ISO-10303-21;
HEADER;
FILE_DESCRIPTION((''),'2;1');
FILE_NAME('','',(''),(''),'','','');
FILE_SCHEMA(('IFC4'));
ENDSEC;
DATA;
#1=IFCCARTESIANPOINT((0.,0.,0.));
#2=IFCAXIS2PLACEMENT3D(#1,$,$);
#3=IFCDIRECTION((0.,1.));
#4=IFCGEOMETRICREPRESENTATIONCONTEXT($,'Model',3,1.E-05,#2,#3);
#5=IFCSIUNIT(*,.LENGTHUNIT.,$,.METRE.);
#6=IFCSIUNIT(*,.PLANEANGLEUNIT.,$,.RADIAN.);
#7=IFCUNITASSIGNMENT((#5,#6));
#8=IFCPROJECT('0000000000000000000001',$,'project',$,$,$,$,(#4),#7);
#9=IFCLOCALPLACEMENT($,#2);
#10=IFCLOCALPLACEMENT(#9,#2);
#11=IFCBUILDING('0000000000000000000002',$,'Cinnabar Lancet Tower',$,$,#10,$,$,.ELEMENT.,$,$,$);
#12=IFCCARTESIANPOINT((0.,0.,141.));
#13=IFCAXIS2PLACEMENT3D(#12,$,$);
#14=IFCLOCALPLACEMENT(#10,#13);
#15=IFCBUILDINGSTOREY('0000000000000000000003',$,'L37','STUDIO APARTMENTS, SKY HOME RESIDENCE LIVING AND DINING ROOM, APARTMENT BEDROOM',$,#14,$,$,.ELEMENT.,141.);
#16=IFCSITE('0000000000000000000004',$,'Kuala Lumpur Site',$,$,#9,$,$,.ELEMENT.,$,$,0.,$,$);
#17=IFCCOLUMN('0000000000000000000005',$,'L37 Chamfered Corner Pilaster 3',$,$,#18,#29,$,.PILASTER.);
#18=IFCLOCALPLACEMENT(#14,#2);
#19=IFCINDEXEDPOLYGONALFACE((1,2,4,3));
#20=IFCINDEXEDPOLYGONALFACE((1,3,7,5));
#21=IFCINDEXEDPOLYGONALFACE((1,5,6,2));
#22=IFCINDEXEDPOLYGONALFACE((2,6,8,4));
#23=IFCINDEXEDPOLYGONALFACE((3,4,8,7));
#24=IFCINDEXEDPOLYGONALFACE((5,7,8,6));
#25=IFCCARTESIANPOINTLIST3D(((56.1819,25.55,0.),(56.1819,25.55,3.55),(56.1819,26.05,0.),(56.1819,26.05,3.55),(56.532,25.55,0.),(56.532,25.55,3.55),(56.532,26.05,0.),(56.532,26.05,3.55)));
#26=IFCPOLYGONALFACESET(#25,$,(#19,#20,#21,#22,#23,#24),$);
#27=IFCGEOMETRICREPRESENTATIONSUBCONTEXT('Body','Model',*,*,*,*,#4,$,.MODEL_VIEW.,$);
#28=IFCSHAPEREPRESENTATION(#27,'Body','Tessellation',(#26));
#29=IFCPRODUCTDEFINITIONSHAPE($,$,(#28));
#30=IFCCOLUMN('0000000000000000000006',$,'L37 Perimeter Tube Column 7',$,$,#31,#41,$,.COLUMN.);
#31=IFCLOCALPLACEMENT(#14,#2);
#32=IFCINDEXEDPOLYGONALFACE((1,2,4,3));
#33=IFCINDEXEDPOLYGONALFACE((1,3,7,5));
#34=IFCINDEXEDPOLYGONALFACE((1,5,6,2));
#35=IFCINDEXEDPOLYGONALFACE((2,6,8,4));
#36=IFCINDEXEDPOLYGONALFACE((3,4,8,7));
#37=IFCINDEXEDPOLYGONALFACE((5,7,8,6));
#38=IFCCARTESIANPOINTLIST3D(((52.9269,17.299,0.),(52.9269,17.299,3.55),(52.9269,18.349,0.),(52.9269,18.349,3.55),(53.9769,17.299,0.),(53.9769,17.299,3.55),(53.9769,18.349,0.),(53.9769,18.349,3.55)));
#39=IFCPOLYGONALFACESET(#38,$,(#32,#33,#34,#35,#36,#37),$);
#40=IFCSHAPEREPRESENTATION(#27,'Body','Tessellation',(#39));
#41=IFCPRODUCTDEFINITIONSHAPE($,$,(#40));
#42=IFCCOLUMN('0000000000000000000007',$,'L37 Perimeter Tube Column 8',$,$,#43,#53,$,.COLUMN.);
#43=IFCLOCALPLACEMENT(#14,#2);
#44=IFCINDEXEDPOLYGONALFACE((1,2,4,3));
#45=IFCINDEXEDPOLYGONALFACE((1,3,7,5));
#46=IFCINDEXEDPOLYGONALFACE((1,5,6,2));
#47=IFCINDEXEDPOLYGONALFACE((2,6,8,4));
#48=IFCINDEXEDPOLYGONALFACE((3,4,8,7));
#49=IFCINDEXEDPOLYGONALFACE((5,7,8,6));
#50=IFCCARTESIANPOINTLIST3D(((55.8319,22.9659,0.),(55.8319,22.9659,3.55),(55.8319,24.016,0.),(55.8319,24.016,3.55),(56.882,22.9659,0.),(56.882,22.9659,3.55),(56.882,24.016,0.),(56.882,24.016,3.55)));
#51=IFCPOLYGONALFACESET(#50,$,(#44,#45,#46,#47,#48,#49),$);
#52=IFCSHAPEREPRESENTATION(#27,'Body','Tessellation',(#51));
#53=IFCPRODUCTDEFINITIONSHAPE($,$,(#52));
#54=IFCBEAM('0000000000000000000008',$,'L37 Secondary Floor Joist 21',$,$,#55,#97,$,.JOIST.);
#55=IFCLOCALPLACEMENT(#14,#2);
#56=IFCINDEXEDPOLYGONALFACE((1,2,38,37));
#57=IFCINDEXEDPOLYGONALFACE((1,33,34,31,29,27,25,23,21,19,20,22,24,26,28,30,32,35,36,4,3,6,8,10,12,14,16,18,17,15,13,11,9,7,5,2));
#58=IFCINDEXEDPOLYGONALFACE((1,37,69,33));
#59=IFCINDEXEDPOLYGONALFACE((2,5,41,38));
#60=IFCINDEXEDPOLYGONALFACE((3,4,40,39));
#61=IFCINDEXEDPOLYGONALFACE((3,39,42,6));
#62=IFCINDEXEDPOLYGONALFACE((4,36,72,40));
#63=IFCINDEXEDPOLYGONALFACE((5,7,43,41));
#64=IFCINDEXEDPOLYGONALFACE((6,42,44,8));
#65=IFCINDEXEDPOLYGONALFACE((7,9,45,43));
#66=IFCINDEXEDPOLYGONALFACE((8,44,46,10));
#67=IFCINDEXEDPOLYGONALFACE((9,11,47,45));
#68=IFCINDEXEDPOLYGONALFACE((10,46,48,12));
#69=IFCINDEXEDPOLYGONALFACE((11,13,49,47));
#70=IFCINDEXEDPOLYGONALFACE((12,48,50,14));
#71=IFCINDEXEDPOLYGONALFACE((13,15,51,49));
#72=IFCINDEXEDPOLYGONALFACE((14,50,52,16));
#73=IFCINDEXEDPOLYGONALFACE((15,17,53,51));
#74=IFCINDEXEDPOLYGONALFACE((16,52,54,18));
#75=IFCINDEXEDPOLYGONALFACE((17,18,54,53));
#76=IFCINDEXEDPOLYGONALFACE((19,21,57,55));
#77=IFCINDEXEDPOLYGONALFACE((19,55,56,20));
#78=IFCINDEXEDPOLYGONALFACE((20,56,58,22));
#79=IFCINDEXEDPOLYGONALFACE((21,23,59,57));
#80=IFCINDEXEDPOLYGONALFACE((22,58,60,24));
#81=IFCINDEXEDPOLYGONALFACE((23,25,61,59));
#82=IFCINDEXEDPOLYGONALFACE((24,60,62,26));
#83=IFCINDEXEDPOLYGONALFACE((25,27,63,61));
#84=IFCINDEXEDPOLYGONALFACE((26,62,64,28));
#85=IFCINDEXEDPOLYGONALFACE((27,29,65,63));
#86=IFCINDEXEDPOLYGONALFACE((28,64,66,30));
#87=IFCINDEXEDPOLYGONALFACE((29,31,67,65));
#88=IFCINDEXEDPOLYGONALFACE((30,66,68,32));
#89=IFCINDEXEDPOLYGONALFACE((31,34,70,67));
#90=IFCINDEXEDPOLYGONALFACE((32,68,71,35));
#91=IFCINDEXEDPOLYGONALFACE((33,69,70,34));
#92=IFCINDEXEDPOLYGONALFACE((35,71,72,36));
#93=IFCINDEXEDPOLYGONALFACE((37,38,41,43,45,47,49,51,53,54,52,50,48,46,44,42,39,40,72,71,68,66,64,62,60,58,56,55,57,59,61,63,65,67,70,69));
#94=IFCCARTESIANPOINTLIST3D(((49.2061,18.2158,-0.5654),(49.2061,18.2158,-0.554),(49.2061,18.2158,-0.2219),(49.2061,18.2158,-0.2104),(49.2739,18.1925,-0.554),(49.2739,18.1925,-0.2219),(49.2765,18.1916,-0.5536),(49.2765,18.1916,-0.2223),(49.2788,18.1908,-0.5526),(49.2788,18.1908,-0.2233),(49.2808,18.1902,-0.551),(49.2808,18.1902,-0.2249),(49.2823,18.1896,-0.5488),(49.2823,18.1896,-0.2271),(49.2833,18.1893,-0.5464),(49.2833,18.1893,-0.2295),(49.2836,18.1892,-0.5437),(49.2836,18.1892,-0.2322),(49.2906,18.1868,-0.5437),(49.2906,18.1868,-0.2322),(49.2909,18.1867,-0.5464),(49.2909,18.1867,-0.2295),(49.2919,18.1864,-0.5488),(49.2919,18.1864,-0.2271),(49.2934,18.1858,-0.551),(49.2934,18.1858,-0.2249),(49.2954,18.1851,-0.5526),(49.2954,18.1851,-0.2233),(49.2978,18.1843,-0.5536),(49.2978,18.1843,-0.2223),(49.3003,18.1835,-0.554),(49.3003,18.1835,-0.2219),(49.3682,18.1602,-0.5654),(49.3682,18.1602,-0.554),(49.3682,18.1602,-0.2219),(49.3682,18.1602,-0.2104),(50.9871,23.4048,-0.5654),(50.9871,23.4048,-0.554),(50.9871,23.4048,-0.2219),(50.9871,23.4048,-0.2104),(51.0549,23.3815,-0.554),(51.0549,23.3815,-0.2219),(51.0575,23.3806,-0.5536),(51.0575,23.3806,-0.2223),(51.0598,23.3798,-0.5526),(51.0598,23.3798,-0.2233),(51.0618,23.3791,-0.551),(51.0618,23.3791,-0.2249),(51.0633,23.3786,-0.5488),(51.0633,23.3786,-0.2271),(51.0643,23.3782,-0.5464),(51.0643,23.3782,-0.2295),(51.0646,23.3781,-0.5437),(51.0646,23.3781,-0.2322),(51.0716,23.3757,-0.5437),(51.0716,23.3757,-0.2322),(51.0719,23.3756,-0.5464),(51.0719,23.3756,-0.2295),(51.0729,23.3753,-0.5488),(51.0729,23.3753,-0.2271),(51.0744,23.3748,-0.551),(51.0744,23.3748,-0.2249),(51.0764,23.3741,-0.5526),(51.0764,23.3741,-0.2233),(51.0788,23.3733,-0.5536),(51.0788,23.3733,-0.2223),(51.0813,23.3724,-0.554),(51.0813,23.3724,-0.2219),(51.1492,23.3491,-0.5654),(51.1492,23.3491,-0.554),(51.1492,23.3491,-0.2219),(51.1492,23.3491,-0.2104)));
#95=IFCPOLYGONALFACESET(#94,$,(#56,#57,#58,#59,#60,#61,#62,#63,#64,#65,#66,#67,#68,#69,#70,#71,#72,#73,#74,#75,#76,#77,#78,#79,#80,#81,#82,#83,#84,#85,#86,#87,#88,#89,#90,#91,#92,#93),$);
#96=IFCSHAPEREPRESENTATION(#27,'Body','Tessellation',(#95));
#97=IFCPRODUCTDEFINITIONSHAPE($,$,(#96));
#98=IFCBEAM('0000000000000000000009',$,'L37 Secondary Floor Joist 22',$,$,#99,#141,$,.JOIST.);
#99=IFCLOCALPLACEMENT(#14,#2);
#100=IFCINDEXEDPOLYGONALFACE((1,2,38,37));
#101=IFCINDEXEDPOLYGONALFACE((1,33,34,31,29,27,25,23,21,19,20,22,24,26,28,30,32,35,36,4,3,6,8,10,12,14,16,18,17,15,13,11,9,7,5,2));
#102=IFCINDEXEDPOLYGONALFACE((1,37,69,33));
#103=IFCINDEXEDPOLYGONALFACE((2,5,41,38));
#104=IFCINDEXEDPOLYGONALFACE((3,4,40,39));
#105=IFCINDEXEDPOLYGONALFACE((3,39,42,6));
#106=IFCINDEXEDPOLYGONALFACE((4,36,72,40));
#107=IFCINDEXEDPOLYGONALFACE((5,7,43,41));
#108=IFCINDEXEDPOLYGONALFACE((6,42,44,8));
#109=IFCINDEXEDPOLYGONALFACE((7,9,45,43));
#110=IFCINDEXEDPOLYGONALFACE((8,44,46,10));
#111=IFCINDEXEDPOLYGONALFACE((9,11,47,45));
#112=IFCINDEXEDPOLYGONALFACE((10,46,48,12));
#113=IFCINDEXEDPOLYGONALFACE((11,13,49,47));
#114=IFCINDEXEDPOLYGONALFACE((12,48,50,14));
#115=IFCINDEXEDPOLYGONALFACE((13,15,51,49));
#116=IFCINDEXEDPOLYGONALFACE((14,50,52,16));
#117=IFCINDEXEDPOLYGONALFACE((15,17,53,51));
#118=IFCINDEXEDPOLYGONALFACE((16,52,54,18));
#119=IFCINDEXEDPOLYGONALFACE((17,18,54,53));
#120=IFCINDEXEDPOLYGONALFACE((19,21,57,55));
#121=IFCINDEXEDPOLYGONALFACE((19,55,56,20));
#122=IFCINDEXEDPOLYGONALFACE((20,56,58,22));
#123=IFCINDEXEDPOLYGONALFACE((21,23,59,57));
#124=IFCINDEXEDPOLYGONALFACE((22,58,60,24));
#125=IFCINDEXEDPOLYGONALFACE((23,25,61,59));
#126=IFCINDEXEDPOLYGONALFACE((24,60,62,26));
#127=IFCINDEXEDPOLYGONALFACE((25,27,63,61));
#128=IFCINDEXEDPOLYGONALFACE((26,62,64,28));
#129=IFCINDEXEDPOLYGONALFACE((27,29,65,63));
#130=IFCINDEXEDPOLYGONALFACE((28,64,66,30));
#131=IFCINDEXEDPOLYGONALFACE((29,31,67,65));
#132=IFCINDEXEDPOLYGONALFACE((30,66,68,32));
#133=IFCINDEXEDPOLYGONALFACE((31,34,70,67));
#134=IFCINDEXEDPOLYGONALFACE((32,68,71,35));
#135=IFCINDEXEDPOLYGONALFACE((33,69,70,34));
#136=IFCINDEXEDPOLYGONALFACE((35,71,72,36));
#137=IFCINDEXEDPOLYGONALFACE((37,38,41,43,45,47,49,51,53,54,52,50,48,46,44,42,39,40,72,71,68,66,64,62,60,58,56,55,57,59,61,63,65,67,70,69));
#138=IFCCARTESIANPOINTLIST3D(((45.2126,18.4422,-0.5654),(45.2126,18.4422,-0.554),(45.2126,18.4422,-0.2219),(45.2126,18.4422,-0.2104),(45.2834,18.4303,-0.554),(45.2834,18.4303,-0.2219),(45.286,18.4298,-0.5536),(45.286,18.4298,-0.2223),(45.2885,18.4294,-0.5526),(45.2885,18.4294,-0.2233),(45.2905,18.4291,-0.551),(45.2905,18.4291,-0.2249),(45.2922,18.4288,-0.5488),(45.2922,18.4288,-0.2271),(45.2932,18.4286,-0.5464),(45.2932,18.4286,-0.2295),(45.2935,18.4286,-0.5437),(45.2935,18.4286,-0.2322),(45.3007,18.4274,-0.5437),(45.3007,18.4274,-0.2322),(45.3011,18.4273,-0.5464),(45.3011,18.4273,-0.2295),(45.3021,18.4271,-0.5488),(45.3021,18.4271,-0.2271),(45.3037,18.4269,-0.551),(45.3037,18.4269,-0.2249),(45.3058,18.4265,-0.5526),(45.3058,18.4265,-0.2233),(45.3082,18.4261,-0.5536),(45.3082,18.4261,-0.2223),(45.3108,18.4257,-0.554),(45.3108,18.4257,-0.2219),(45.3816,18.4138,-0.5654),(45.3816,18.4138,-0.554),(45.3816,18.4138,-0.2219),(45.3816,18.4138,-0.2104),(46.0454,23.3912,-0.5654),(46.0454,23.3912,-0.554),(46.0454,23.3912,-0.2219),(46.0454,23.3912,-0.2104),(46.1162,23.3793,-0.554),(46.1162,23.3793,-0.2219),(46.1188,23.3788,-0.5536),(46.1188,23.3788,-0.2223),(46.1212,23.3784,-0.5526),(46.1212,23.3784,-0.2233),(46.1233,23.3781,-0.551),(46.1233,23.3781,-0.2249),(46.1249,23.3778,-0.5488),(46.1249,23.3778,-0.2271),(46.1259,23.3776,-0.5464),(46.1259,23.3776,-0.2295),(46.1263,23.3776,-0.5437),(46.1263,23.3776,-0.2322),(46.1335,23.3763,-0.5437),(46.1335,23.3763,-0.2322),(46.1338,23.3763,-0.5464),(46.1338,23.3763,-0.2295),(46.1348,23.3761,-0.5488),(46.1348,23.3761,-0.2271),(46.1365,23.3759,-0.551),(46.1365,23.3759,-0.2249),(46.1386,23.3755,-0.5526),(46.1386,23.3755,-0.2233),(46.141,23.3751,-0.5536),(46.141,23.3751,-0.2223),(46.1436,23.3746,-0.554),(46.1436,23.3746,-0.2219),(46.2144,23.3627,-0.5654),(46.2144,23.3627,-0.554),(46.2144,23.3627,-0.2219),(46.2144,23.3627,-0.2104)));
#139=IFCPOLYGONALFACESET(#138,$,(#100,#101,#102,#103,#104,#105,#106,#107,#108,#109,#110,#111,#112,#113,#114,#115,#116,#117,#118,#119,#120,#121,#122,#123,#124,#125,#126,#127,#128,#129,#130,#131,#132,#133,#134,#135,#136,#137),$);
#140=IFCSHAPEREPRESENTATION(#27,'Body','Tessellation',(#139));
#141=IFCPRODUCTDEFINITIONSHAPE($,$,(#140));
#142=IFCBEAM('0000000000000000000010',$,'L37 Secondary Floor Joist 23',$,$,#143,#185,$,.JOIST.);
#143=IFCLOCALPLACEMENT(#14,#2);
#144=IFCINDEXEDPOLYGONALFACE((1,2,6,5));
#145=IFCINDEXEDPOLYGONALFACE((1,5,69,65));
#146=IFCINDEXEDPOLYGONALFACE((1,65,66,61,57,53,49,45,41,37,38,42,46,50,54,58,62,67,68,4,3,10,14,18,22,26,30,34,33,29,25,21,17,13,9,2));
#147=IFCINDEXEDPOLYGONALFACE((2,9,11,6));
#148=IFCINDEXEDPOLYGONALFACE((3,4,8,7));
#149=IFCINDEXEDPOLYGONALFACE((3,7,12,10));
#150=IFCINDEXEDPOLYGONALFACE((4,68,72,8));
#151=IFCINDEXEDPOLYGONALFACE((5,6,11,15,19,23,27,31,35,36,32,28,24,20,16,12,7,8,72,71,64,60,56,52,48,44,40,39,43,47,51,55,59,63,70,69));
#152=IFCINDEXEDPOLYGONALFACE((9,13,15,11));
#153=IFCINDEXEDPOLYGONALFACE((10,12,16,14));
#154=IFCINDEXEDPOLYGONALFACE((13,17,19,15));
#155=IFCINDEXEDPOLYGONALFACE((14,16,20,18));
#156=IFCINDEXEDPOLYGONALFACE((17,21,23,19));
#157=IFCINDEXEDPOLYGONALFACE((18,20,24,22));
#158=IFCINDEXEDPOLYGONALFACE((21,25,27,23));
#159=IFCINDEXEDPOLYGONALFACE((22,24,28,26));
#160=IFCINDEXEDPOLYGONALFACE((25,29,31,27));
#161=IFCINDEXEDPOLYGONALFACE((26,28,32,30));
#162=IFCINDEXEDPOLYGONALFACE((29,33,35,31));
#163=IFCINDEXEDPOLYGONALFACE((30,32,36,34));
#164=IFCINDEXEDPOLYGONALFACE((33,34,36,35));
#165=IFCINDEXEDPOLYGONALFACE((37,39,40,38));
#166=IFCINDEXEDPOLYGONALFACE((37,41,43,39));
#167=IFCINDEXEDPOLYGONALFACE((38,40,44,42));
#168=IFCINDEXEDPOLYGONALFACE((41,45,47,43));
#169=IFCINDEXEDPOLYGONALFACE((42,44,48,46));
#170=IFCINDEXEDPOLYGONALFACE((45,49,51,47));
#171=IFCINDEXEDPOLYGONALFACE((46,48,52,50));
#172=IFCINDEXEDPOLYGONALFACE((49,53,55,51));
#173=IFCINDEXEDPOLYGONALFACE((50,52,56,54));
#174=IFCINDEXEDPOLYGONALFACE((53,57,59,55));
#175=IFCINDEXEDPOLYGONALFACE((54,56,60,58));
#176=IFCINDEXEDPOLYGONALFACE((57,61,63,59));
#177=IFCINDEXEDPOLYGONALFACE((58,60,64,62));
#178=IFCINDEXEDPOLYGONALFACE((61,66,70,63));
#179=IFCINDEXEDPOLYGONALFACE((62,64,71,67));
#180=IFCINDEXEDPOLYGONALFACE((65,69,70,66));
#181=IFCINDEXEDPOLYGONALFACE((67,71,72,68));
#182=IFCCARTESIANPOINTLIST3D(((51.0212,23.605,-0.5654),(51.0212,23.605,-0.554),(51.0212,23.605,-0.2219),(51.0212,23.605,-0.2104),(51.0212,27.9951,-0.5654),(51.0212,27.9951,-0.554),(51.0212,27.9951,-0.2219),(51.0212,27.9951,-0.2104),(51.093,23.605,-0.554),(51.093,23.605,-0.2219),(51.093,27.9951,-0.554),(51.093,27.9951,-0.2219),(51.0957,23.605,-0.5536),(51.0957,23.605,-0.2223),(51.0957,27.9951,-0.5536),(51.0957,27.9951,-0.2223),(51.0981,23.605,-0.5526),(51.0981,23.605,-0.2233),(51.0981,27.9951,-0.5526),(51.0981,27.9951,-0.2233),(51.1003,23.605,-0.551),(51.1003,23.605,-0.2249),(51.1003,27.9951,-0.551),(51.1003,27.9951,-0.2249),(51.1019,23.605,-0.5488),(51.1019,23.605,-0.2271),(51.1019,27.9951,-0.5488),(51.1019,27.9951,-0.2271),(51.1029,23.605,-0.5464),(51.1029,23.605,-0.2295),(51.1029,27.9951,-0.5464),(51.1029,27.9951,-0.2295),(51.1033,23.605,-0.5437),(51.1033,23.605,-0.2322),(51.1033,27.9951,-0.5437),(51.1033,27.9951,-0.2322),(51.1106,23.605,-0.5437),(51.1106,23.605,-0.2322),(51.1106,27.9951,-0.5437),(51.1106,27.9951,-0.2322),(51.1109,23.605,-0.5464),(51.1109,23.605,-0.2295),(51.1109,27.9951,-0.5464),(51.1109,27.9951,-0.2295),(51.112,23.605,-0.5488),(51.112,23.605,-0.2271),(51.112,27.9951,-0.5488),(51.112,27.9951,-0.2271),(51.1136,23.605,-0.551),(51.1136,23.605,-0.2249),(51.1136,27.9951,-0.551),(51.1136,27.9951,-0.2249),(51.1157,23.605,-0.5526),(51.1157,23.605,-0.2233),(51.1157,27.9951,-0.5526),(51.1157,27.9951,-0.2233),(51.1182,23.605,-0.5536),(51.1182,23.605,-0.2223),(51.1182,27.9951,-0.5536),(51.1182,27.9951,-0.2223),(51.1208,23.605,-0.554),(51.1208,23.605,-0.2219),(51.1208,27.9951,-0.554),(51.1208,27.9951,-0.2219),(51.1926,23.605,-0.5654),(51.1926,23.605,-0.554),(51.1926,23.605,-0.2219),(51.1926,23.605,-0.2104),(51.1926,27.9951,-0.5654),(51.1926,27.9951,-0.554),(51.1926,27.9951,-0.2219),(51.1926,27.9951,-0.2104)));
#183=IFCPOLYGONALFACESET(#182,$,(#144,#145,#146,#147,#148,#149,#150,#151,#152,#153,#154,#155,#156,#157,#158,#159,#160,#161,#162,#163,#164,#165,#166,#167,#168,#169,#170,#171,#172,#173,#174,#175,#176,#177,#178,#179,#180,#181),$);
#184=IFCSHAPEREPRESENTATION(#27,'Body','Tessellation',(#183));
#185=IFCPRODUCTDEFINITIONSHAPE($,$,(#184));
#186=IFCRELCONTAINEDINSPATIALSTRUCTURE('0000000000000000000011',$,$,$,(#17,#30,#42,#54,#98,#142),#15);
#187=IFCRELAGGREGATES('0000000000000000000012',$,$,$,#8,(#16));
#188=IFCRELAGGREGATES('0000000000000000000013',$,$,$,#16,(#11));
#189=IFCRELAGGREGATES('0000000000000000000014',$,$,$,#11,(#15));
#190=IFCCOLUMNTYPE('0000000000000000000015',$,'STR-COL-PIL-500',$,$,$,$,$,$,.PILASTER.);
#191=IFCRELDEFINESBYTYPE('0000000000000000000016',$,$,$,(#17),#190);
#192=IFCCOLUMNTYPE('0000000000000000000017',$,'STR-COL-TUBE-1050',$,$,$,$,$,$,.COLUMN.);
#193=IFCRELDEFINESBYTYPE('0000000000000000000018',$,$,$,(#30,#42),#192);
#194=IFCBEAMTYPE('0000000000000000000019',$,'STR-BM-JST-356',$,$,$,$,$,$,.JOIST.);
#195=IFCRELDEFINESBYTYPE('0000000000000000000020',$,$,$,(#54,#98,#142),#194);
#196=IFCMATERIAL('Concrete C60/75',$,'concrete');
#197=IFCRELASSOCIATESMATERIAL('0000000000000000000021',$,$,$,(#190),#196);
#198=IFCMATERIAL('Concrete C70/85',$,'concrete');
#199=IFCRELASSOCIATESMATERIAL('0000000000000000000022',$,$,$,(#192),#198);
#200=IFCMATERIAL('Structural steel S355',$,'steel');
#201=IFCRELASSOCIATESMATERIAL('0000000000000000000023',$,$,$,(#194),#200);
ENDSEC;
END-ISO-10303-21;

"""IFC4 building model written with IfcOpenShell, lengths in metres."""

from ifc_helpers import new_model, si_unit, direction, frame, origin, origin_2d, place, context, subcontext, project, spatial, rectangle, i_section, extrude, material, material_profile, profile_set, type_object, element, save


model = new_model("IFC4")

# Units and contexts
model_context = context("Model", 3, precision=1e-05, world=origin(), true_north=direction((0.0, 1.0)))
body_context = subcontext(model_context, "Body", "Model", "MODEL_VIEW")
ifc_project = project(units=[si_unit("LENGTHUNIT", "METRE"), si_unit("PLANEANGLEUNIT", "RADIAN")], contexts=[model_context])

# Site, building, storey
site_placement = place(None, origin())
site = spatial("IfcSite", under=ifc_project, at=site_placement, Name="Kuala Lumpur Site", CompositionType="ELEMENT", RefElevation=0.0)
building_placement = place(site_placement, origin())
building = spatial("IfcBuilding", under=site, at=building_placement, Name="Cinnabar Lancet Tower", CompositionType="ELEMENT")
storey_placement = place(building_placement, frame((0.0, 0.0, 141.0)))
storey = spatial("IfcBuildingStorey", under=building, at=storey_placement, Name="L37", Description="STUDIO APARTMENTS, SKY HOME RESIDENCE LIVING AND DINING ROOM, APARTMENT BEDROOM", CompositionType="ELEMENT", Elevation=141.0)

# Columns
ifc_material_1 = material(Name="Concrete C60/75", Category="concrete")
ifc_material_profile_1 = material_profile(ifc_material_1, rectangle(XDim=0.5, YDim=0.3501, at=origin_2d()), Name="RC-PIL 500x350")
ifc_profile_set_1 = profile_set([ifc_material_profile_1], Name="Concrete C60/75")
column_type_1 = type_object("IfcColumnType", Name="STR-COL-PIL-500", PredefinedType="PILASTER", material=ifc_profile_set_1)
column_placement = place(storey_placement, frame((56.3569, 25.8, 0.0), z_axis=(0.0, 0.0, 1.0), x_axis=(0.0, 1.0, 0.0)))
element("IfcColumn", 1, at=column_placement, inside=storey, type_object=column_type_1, Name="L37 Chamfered Corner Pilaster 3", PredefinedType="PILASTER", context=body_context, shape_type="SweptSolid", body=[
    extrude(rectangle(XDim=0.5, YDim=0.3501, at=origin_2d()), origin(), (0.0, 0.0, 1.0), 3.55),
])
ifc_material_2 = material(Name="Concrete C70/85", Category="concrete")
ifc_material_profile_2 = material_profile(ifc_material_2, rectangle(XDim=1.05, YDim=1.05, at=origin_2d()), Name="RC-COL 1050x1050")
ifc_profile_set_2 = profile_set([ifc_material_profile_2], Name="Concrete C70/85")
column_type_2 = type_object("IfcColumnType", Name="STR-COL-TUBE-1050", PredefinedType="COLUMN", material=ifc_profile_set_2)
for number, where, z_axis, x_axis, name in (
    (2, (53.4519, 17.824, 0.0), (0.0, 0.0, 1.0), (1.0, 0.0, 0.0), "L37 Perimeter Tube Column 7"),
    (3, (56.3569, 23.491, 0.0), (0.0, 0.0, 1.0), (1.0, 0.0, 0.0), "L37 Perimeter Tube Column 8"),
):
    element("IfcColumn", number, at=place(storey_placement, frame(where, z_axis=z_axis, x_axis=x_axis)), inside=storey, type_object=column_type_2, Name=name, PredefinedType="COLUMN", context=body_context, shape_type="SweptSolid", body=[
        extrude(rectangle(XDim=1.05, YDim=1.05, at=origin_2d()), origin(), (0.0, 0.0, 1.0), 3.55),
    ])

# Beams
ifc_material_3 = material(Name="Structural steel S355", Category="steel")
ifc_material_profile_3 = material_profile(ifc_material_3, i_section(OverallWidth=0.1714, OverallDepth=0.355, WebThickness=0.0073, FlangeThickness=0.0115, FilletRadius=0.0103, at=origin_2d()), Name="UKB 356x171x51")
ifc_profile_set_3 = profile_set([ifc_material_profile_3], Name="Structural steel S355")
beam_type_1 = type_object("IfcBeamType", Name="STR-BM-JST-356", PredefinedType="JOIST", material=ifc_profile_set_3)
beam_1_placement = place(storey_placement, frame((49.2871, 18.188, -0.3879), z_axis=(0.324639, 0.945838, 0.0), x_axis=(-0.945838, 0.324639, 0.0)))
element("IfcBeam", 4, at=beam_1_placement, inside=storey, type_object=beam_type_1, Name="L37 Secondary Floor Joist 21", PredefinedType="JOIST", context=body_context, shape_type="SweptSolid", body=[
    extrude(i_section(OverallWidth=0.1714, OverallDepth=0.355, WebThickness=0.0073, FlangeThickness=0.0115, FilletRadius=0.0103, at=origin_2d()), origin(), (0.0, 0.0, 1.0), 5.4861),
])
beam_2_placement = place(storey_placement, frame((45.2971, 18.428, -0.3879), z_axis=(0.165937, 0.986136, 0.0), x_axis=(-0.986136, 0.165937, 0.0)))
element("IfcBeam", 5, at=beam_2_placement, inside=storey, type_object=beam_type_1, Name="L37 Secondary Floor Joist 22", PredefinedType="JOIST", context=body_context, shape_type="SweptSolid", body=[
    extrude(i_section(OverallWidth=0.1714, OverallDepth=0.355, WebThickness=0.0073, FlangeThickness=0.0115, FilletRadius=0.0103, at=origin_2d()), origin(), (0.0, 0.0, 1.0), 5.0186),
])
for number, where, z_axis, x_axis, name in (
    (6, (51.1069, 23.605, -0.3879), (0.0, 1.0, 0.0), (-1.0, 0.0, 0.0), "L37 Secondary Floor Joist 23"),
):
    element("IfcBeam", number, at=place(storey_placement, frame(where, z_axis=z_axis, x_axis=x_axis)), inside=storey, type_object=beam_type_1, Name=name, PredefinedType="JOIST", context=body_context, shape_type="SweptSolid", body=[
        extrude(i_section(OverallWidth=0.1714, OverallDepth=0.355, WebThickness=0.0073, FlangeThickness=0.0115, FilletRadius=0.0103, at=origin_2d()), origin(), (0.0, 0.0, 1.0), 4.3901),
    ])

save(model, "model.ifc")
